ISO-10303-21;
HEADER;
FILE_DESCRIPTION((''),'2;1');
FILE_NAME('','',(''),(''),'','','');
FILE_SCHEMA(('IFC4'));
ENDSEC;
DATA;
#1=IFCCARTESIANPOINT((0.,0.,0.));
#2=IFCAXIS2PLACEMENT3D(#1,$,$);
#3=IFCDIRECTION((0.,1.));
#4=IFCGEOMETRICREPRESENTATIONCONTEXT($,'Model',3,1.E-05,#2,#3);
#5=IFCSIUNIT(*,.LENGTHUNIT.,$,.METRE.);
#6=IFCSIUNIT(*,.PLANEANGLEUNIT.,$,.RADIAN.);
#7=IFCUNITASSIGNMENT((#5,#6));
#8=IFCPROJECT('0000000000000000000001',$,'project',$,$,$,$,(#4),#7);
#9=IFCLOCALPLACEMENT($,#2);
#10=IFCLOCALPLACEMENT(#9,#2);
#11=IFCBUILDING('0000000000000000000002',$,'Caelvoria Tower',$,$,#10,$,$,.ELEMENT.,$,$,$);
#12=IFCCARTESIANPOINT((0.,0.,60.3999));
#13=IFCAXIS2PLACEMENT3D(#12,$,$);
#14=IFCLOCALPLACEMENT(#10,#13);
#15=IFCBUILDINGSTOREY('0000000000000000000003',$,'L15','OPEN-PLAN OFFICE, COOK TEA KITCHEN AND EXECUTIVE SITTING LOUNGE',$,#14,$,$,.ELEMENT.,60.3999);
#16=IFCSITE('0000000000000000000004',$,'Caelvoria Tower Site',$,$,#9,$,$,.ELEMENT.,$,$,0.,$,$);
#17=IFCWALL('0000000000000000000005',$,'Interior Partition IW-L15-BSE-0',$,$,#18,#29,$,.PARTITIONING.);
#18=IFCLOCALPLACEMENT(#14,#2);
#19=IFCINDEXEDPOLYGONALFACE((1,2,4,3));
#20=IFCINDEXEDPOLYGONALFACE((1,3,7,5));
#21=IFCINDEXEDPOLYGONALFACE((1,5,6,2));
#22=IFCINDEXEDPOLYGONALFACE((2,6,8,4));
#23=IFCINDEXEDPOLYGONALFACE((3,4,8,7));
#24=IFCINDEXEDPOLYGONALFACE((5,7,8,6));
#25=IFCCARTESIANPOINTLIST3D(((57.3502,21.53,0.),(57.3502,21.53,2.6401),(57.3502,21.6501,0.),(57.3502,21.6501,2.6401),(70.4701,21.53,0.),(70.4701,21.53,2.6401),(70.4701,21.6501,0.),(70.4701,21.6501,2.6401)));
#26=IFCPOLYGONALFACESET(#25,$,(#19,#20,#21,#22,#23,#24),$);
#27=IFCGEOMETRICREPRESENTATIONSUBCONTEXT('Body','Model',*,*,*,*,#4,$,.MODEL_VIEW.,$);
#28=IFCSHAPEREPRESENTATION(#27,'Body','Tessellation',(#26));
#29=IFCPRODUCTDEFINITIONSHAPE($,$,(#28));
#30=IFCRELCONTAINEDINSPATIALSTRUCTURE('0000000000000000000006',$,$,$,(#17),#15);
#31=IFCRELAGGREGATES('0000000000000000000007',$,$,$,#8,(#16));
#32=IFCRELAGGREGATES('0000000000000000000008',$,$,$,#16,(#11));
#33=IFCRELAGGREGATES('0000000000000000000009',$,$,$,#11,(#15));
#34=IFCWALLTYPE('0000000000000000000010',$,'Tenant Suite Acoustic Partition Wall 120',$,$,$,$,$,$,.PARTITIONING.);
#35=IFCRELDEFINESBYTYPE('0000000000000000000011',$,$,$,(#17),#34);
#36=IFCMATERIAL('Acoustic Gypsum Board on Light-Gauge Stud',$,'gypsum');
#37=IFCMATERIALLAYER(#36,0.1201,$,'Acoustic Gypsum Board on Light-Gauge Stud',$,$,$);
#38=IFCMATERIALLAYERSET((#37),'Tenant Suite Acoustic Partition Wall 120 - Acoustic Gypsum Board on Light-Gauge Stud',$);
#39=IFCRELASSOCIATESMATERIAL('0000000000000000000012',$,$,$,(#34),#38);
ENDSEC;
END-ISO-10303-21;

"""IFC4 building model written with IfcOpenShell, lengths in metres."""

from ifc_helpers import new_model, si_unit, direction, frame, frame_2d, origin, place, context, subcontext, project, spatial, rectangle, extrude, material, layer, layer_set, type_object, element, save


model = new_model("IFC4")

# Units and contexts
model_context = context("Model", 3, precision=1e-05, world=origin(), true_north=direction((0.0, 1.0)))
body_context = subcontext(model_context, "Body", "Model", "MODEL_VIEW")
ifc_project = project(units=[si_unit("LENGTHUNIT", "METRE"), si_unit("PLANEANGLEUNIT", "RADIAN")], contexts=[model_context])

# Site, building, storey
site_placement = place(None, origin())
site = spatial("IfcSite", under=ifc_project, at=site_placement, Name="Caelvoria Tower Site", CompositionType="ELEMENT", RefElevation=0.0)
building_placement = place(site_placement, origin())
building = spatial("IfcBuilding", under=site, at=building_placement, Name="Caelvoria Tower", CompositionType="ELEMENT")
storey_placement = place(building_placement, frame((0.0, 0.0, 60.3999)))
storey = spatial("IfcBuildingStorey", under=building, at=storey_placement, Name="L15", Description="OPEN-PLAN OFFICE, COOK TEA KITCHEN AND EXECUTIVE SITTING LOUNGE", CompositionType="ELEMENT", Elevation=60.3999)

# Shared definitions
ifc_material_1 = material(Name="Acoustic Gypsum Board on Light-Gauge Stud", Category="gypsum")
ifc_layer_1 = layer(ifc_material_1, 0.1201, Name="Acoustic Gypsum Board on Light-Gauge Stud")
ifc_layer_set_1 = layer_set([ifc_layer_1], Name="Tenant Suite Acoustic Partition Wall 120 - Acoustic Gypsum Board on Light-Gauge Stud")
wall_type_1 = type_object("IfcWallType", Name="Tenant Suite Acoustic Partition Wall 120", PredefinedType="PARTITIONING", material=ifc_layer_set_1)

# Wall
wall_1_placement = place(storey_placement, frame((57.3501, 21.5901, 0.0), z_axis=(0.0, 0.0, 1.0), x_axis=(1.0, 0.0, 0.0)))
element("IfcWall", 1, at=wall_1_placement, inside=storey, type_object=wall_type_1, Name="Interior Partition IW-L15-BSE-0", PredefinedType="PARTITIONING", context=body_context, shape_type="SweptSolid", body=[
    extrude(rectangle(XDim=13.1199, YDim=0.1201, at=frame_2d((6.5601, 0.0))), origin(), (0.0, 0.0, 1.0), 2.6401),
])

save(model, "model.ifc")
